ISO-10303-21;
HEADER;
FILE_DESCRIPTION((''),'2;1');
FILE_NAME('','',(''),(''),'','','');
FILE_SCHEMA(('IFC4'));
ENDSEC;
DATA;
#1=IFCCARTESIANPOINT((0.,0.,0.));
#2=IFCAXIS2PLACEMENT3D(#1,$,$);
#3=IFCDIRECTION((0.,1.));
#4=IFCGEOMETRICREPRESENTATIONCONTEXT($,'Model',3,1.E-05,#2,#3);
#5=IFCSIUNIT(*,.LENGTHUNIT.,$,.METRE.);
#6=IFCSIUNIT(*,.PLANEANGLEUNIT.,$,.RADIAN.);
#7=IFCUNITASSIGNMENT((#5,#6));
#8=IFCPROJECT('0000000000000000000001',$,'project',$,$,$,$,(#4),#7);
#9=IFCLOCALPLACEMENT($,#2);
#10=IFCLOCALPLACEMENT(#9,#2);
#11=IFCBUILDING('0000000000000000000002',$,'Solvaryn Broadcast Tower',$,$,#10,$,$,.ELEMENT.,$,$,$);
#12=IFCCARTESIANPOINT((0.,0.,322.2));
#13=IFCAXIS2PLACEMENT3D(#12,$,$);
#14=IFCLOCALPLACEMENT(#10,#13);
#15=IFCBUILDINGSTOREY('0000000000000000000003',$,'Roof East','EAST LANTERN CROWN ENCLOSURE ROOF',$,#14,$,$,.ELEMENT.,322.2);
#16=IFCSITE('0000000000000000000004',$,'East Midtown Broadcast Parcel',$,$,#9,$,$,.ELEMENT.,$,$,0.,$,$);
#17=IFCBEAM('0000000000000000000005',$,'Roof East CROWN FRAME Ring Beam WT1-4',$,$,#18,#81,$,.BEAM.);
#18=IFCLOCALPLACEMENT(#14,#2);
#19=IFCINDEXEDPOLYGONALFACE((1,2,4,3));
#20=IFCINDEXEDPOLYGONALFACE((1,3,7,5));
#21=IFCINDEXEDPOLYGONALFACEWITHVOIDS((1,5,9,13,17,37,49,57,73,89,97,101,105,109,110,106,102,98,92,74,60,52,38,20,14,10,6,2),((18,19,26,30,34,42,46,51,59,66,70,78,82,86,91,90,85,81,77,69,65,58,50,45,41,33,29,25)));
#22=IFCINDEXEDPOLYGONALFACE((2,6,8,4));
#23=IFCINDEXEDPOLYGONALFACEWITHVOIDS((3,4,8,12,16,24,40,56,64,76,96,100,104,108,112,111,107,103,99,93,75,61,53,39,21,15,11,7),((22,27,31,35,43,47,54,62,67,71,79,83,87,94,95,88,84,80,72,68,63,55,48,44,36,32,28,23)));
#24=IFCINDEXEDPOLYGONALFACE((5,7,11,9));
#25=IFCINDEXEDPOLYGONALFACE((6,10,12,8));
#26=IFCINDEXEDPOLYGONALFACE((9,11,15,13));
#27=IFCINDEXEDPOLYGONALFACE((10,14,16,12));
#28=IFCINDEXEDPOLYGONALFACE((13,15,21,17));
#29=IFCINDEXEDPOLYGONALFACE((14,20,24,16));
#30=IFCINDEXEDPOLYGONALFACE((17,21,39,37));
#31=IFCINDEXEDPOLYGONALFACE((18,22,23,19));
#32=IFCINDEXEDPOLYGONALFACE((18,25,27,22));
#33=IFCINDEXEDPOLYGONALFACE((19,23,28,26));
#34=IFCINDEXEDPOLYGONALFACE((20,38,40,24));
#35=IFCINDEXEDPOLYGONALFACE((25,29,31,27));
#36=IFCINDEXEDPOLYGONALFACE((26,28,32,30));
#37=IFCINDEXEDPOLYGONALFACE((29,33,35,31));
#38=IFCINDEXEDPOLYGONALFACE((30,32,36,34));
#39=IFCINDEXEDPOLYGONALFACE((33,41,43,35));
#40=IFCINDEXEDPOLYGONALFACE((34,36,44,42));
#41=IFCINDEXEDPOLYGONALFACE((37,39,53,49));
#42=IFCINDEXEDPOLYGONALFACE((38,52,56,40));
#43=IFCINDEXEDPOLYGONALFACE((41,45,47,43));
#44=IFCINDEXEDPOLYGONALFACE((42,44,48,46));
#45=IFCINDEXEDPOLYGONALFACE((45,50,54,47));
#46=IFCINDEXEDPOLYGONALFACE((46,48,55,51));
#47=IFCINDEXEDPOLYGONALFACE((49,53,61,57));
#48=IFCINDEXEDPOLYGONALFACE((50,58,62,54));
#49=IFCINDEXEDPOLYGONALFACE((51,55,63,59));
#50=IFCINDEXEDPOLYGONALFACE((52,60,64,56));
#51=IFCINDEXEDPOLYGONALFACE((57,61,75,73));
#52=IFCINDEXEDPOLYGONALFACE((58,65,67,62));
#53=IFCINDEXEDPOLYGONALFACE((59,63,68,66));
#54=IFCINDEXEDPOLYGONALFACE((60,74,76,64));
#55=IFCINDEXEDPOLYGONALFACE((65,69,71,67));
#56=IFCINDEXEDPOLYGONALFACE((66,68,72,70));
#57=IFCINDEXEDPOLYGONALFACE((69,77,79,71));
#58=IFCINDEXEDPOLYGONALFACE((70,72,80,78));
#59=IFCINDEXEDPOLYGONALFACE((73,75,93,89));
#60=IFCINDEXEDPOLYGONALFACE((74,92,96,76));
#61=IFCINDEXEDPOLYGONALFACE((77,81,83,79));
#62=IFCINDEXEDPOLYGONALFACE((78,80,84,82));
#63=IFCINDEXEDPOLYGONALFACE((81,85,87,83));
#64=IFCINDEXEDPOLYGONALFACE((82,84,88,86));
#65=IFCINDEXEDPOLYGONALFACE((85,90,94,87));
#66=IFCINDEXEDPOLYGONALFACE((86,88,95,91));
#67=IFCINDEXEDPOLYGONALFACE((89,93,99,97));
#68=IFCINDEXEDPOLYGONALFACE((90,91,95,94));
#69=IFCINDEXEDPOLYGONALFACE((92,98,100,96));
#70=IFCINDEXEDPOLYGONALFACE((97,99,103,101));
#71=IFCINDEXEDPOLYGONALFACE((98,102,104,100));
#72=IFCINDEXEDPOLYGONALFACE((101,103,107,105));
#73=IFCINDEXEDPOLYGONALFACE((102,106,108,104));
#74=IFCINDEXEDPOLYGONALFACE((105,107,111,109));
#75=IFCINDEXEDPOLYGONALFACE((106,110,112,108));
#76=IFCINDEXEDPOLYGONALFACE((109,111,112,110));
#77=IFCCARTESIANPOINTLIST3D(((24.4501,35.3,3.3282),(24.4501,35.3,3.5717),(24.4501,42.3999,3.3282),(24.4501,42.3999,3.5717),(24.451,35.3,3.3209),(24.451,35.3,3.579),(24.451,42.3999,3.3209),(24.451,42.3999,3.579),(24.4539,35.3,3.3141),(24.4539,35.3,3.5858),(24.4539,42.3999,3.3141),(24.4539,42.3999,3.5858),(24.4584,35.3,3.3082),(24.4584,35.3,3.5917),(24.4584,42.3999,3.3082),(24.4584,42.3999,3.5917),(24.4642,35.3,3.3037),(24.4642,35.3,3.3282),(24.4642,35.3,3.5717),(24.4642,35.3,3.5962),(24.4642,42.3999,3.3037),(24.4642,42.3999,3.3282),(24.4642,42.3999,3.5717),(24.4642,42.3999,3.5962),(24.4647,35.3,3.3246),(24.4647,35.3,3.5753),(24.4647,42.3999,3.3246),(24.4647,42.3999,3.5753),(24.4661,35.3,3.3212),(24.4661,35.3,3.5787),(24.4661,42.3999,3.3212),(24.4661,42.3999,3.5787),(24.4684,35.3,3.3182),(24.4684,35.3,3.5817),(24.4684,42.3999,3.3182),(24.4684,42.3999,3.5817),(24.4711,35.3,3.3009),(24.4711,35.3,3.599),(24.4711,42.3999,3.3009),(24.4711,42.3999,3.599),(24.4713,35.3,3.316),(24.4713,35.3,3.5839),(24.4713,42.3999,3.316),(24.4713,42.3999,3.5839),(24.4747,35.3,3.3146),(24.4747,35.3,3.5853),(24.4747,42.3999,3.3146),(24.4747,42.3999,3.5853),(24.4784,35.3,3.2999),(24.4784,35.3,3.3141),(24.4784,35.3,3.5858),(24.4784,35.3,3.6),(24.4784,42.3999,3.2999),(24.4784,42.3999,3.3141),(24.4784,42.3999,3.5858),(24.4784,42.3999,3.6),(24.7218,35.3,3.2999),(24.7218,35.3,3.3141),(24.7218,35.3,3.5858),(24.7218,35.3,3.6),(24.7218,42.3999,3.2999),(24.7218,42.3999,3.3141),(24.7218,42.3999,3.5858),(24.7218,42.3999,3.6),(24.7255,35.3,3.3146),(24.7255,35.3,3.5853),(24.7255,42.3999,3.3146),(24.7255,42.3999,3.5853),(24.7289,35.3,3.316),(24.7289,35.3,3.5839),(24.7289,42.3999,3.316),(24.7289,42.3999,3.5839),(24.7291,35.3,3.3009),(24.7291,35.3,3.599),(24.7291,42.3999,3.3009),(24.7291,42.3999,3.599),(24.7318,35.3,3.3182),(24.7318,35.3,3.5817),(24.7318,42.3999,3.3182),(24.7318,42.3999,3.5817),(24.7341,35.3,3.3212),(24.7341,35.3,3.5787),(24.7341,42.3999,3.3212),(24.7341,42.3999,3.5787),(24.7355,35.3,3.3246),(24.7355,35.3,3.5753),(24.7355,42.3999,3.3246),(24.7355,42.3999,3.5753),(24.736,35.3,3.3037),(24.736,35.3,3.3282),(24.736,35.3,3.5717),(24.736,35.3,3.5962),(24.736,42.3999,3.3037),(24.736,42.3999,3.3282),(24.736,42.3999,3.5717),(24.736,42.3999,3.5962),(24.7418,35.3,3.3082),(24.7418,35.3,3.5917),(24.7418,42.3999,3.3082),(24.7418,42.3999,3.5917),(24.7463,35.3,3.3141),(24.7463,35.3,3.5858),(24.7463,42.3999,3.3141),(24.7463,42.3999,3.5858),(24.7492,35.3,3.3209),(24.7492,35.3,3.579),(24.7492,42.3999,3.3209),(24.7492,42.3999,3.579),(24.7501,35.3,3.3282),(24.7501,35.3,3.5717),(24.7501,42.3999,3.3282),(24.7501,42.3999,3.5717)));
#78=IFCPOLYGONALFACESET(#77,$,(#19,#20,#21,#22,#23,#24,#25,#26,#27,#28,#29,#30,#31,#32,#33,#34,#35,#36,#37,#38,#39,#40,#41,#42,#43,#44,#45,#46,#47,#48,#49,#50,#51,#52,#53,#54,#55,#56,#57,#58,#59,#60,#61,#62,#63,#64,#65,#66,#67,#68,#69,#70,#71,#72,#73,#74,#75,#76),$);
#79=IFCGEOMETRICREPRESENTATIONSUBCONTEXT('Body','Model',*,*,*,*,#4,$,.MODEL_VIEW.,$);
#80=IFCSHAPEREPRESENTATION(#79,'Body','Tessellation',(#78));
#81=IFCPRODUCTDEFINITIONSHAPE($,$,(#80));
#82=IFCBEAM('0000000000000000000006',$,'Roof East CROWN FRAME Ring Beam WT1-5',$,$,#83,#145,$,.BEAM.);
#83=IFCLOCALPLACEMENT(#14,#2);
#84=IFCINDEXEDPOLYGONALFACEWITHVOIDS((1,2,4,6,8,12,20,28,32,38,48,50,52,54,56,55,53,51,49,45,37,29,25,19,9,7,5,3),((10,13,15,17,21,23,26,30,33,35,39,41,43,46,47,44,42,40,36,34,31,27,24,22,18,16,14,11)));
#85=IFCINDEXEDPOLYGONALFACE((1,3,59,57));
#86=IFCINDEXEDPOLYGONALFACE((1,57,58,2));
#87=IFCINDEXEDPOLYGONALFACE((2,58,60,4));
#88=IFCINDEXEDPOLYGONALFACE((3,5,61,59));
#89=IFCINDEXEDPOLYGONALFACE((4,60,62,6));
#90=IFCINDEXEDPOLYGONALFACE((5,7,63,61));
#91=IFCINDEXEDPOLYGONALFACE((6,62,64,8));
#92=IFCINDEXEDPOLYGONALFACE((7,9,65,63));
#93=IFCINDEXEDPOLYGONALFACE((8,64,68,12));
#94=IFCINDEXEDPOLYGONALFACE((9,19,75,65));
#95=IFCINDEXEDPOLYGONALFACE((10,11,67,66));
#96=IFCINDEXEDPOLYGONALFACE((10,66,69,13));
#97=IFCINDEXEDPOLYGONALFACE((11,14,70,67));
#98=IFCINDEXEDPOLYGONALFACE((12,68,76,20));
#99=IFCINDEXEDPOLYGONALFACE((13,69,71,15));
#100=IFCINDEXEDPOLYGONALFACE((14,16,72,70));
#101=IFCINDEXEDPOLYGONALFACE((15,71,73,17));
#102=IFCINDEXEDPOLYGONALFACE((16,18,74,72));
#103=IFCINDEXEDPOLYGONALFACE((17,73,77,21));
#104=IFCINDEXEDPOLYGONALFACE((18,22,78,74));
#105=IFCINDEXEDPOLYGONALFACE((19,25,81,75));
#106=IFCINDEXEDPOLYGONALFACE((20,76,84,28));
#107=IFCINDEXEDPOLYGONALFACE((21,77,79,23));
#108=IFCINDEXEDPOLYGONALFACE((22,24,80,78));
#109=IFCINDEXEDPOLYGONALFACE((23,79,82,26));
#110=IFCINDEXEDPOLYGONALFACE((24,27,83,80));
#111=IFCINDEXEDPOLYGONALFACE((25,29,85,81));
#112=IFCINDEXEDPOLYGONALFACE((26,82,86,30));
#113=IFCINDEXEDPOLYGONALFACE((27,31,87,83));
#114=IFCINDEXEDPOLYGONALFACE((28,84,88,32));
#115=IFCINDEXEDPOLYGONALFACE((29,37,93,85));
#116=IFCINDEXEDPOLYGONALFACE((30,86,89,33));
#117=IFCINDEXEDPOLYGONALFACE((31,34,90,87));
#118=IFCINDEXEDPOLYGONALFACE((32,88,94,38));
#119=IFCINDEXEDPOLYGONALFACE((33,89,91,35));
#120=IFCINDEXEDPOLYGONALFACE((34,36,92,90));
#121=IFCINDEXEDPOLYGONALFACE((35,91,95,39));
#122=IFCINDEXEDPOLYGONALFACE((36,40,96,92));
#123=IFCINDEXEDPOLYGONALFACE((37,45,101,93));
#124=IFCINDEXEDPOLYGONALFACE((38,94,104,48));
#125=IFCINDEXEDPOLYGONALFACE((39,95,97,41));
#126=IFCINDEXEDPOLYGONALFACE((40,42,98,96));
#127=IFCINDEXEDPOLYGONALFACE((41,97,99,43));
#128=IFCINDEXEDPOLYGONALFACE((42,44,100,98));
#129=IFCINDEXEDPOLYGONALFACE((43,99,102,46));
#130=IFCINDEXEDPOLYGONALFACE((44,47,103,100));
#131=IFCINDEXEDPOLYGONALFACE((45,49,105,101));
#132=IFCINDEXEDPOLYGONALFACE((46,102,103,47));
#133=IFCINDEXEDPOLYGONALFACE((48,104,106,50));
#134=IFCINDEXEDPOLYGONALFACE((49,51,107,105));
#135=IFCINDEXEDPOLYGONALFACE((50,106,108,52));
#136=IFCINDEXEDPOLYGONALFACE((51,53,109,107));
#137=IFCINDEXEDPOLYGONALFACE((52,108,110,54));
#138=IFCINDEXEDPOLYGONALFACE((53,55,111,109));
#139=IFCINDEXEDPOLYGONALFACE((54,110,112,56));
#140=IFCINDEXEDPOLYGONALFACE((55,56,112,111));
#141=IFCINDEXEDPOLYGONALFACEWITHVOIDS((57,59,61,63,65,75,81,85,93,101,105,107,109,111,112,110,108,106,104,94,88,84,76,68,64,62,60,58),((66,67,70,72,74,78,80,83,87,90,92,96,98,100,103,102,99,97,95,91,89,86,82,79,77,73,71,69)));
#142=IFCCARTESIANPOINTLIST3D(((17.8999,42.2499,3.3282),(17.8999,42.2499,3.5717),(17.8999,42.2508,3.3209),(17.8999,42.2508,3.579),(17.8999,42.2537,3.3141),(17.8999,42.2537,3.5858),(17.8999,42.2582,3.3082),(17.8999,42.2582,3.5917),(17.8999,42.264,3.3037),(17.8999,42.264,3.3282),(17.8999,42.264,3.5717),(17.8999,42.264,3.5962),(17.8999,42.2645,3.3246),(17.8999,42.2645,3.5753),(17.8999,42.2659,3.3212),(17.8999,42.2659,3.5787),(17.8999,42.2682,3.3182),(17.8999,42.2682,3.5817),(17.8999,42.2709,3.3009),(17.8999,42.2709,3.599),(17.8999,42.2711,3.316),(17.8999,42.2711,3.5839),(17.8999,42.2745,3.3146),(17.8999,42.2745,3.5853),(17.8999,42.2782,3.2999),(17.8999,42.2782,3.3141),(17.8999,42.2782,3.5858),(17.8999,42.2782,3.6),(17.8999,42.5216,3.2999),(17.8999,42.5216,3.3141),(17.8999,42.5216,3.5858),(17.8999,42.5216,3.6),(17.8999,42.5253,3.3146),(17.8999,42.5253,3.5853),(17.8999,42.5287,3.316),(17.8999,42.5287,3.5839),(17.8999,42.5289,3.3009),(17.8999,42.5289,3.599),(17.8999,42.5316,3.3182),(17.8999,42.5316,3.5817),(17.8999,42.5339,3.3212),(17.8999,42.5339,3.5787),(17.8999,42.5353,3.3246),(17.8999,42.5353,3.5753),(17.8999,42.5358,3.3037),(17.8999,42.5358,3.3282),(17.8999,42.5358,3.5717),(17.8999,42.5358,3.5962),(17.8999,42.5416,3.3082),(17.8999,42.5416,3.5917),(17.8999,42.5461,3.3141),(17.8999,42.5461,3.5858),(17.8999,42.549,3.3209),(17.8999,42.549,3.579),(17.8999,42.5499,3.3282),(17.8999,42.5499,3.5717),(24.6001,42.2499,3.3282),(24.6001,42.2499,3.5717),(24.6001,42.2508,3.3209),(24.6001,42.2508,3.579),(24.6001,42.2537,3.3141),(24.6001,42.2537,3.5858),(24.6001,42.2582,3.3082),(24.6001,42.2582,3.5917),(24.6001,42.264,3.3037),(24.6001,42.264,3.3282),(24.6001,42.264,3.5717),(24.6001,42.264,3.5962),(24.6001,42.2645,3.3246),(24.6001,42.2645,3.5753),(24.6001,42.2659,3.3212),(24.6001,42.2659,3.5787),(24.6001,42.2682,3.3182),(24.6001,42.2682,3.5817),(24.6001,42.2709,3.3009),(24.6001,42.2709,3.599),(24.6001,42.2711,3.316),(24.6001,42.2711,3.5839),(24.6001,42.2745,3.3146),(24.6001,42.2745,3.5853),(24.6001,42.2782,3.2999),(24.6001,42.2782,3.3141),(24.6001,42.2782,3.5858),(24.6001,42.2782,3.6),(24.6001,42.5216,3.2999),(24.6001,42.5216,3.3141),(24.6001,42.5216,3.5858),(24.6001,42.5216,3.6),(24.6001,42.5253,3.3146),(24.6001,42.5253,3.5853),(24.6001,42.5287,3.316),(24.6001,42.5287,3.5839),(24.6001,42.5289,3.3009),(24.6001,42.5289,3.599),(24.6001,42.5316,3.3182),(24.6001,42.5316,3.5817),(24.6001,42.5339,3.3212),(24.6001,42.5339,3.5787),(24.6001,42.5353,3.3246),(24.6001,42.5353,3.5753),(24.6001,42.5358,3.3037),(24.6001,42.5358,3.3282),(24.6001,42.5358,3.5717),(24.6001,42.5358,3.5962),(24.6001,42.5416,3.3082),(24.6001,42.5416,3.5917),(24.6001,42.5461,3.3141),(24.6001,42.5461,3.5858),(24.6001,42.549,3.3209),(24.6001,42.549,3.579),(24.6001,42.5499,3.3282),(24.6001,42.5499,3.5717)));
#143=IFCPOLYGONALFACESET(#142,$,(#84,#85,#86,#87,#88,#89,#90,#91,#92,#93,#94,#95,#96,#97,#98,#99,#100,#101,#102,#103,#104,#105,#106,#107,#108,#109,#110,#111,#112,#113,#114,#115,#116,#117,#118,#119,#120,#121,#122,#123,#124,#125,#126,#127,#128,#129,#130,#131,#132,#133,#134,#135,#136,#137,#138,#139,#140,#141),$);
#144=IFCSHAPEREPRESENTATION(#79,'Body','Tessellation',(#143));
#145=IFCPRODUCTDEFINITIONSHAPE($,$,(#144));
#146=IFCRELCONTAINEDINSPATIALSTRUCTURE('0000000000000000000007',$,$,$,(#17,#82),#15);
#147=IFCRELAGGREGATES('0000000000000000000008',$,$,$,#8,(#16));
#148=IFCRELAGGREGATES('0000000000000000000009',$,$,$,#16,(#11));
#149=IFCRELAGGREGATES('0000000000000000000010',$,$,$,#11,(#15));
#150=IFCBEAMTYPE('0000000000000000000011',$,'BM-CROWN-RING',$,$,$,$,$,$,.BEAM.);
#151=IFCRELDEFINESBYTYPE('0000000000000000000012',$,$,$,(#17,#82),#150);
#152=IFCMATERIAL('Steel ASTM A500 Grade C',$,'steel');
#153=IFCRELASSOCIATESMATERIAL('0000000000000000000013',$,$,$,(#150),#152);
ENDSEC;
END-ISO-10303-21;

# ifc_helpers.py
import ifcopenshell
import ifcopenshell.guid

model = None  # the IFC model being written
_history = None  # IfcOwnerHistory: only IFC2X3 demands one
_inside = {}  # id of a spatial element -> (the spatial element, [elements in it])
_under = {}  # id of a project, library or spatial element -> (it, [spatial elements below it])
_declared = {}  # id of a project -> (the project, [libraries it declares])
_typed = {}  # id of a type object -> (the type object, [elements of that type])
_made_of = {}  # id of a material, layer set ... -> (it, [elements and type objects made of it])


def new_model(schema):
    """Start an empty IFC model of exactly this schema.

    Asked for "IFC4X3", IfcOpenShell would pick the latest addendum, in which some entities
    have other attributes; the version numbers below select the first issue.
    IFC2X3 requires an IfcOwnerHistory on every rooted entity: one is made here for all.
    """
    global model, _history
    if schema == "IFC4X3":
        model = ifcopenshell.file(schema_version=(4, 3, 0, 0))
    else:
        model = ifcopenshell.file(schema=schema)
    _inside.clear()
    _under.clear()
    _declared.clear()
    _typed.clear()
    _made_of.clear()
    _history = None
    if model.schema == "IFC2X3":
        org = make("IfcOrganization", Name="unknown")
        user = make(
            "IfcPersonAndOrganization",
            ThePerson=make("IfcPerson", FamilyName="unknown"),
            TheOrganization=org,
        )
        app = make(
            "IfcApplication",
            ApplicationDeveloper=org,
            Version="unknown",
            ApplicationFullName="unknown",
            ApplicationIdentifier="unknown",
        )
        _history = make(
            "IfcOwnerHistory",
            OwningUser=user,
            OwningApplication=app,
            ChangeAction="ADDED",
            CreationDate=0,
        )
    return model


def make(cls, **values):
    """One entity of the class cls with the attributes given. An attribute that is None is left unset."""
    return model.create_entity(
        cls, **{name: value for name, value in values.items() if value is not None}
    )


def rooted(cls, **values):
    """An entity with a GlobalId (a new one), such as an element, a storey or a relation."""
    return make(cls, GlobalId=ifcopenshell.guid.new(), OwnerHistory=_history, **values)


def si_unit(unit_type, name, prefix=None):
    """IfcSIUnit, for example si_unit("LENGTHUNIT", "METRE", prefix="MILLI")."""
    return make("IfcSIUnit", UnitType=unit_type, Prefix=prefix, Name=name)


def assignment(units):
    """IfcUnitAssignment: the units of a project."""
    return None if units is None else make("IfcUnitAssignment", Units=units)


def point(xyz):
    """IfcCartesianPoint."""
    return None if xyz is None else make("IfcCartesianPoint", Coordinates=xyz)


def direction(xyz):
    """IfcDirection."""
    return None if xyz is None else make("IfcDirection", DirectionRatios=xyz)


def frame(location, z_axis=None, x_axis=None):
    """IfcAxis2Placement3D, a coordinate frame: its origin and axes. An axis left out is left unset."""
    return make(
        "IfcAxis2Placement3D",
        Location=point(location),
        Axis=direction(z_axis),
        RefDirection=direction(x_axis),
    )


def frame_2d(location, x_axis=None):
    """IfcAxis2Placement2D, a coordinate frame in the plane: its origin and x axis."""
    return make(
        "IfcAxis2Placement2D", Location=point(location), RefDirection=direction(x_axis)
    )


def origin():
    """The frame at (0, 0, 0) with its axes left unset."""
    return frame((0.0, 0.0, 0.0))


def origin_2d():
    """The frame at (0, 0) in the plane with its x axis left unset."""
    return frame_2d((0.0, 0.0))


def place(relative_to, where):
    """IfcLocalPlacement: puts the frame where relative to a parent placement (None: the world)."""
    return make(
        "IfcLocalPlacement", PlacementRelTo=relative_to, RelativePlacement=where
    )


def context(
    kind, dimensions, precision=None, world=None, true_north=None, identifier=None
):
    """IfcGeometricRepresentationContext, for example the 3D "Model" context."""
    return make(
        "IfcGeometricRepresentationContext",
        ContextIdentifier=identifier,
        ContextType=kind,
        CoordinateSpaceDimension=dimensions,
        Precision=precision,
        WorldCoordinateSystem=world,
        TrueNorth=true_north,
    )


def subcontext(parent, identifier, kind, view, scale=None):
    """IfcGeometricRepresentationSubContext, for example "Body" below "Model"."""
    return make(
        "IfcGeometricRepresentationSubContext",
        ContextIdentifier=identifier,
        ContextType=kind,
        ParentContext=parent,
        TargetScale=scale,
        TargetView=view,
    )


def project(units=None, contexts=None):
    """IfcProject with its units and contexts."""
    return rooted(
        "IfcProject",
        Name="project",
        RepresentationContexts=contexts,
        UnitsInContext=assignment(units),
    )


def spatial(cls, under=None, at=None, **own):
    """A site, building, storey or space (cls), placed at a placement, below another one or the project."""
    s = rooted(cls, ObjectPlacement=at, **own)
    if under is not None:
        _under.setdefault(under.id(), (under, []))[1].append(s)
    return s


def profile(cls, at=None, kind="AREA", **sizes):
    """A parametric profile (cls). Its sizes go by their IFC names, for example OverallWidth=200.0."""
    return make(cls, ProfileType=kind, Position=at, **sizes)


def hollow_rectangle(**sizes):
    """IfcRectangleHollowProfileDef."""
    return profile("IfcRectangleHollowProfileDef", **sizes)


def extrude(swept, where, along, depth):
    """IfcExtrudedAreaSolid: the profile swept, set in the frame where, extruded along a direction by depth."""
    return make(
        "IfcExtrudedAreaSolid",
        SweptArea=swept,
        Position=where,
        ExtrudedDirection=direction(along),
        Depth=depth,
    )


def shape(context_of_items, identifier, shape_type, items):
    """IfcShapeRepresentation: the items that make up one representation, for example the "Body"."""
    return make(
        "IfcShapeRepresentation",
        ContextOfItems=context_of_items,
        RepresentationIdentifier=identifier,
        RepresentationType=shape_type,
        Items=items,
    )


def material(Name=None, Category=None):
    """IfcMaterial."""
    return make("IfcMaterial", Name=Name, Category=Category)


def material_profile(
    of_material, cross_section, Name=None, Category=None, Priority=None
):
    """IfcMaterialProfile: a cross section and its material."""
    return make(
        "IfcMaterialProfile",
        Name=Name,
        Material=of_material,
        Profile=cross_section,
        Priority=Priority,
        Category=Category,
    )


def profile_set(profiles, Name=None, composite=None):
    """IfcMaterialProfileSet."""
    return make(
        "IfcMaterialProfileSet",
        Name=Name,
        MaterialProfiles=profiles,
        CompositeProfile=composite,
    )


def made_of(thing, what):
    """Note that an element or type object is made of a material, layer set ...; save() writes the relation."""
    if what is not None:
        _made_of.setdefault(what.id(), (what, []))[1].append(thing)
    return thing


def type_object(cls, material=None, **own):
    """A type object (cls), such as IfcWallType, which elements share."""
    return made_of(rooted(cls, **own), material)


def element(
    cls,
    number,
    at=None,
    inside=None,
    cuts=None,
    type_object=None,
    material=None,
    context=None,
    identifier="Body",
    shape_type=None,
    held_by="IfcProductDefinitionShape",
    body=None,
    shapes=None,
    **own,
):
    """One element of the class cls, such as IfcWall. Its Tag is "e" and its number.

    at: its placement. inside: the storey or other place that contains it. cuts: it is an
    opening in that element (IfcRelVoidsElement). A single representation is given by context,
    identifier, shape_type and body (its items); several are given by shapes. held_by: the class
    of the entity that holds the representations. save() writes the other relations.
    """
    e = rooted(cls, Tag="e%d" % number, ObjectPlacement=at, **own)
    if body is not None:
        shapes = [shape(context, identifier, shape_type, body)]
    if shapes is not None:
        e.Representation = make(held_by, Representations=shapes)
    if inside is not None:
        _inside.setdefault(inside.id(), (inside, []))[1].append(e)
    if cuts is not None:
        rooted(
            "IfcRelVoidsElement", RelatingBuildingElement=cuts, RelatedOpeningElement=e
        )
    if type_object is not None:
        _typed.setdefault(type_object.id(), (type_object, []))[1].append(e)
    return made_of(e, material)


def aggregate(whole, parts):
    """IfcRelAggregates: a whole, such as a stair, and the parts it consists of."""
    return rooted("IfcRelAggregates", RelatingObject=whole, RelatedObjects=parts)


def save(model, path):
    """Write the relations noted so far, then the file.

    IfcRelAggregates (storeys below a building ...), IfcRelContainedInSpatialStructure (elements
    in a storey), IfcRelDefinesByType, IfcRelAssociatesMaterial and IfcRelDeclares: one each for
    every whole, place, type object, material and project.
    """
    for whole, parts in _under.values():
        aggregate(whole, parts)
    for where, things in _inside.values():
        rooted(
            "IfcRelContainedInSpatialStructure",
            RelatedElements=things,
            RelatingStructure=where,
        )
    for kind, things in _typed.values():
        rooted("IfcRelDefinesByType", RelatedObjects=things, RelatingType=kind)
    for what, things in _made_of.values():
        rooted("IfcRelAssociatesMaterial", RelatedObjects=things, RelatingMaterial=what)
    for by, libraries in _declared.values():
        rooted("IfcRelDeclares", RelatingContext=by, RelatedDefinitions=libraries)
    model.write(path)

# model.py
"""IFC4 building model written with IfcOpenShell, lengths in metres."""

from ifc_helpers import new_model, si_unit, direction, frame, origin, origin_2d, place, context, subcontext, project, spatial, hollow_rectangle, extrude, material, material_profile, profile_set, type_object, element, save


model = new_model("IFC4")

# Units and contexts
model_context = context("Model", 3, precision=1e-05, world=origin(), true_north=direction((0.0, 1.0)))
body_context = subcontext(model_context, "Body", "Model", "MODEL_VIEW")
ifc_project = project(units=[si_unit("LENGTHUNIT", "METRE"), si_unit("PLANEANGLEUNIT", "RADIAN")], contexts=[model_context])

# Site, building, storey
site_placement = place(None, origin())
site = spatial("IfcSite", under=ifc_project, at=site_placement, Name="East Midtown Broadcast Parcel", CompositionType="ELEMENT", RefElevation=0.0)
building_placement = place(site_placement, origin())
building = spatial("IfcBuilding", under=site, at=building_placement, Name="Solvaryn Broadcast Tower", CompositionType="ELEMENT")
storey_placement = place(building_placement, frame((0.0, 0.0, 322.2)))
storey = spatial("IfcBuildingStorey", under=building, at=storey_placement, Name="Roof East", Description="EAST LANTERN CROWN ENCLOSURE ROOF", CompositionType="ELEMENT", Elevation=322.2)

# Beams
ifc_material_1 = material(Name="Steel ASTM A500 Grade C", Category="steel")
ifc_material_profile_1 = material_profile(ifc_material_1, hollow_rectangle(XDim=0.3, YDim=0.3, WallThickness=0.0142, InnerFilletRadius=0.0142, OuterFilletRadius=0.0283, at=origin_2d()))
ifc_profile_set_1 = profile_set([ifc_material_profile_1], Name="Steel ASTM A500 Grade C")
beam_type_1 = type_object("IfcBeamType", Name="BM-CROWN-RING", PredefinedType="BEAM", material=ifc_profile_set_1)
beam_1_placement = place(storey_placement, frame((24.6001, 35.3, 3.45), z_axis=(0.0, 1.0, 0.0), x_axis=(-1.0, 0.0, 0.0)))
element("IfcBeam", 1, at=beam_1_placement, inside=storey, type_object=beam_type_1, Name="Roof East CROWN FRAME Ring Beam WT1-4", PredefinedType="BEAM", context=body_context, shape_type="SweptSolid", body=[
    extrude(hollow_rectangle(XDim=0.3, YDim=0.3, WallThickness=0.0142, InnerFilletRadius=0.0142, OuterFilletRadius=0.0283, at=origin_2d()), origin(), (0.0, 0.0, 1.0), 7.0999),
])
beam_2_placement = place(storey_placement, frame((24.6001, 42.3999, 3.45), z_axis=(-1.0, 0.0, 0.0), x_axis=(0.0, -1.0, 0.0)))
element("IfcBeam", 2, at=beam_2_placement, inside=storey, type_object=beam_type_1, Name="Roof East CROWN FRAME Ring Beam WT1-5", PredefinedType="BEAM", context=body_context, shape_type="SweptSolid", body=[
    extrude(hollow_rectangle(XDim=0.3, YDim=0.3, WallThickness=0.0142, InnerFilletRadius=0.0142, OuterFilletRadius=0.0283, at=origin_2d()), origin(), (0.0, 0.0, 1.0), 6.7002),
])

save(model, "model.ifc")
